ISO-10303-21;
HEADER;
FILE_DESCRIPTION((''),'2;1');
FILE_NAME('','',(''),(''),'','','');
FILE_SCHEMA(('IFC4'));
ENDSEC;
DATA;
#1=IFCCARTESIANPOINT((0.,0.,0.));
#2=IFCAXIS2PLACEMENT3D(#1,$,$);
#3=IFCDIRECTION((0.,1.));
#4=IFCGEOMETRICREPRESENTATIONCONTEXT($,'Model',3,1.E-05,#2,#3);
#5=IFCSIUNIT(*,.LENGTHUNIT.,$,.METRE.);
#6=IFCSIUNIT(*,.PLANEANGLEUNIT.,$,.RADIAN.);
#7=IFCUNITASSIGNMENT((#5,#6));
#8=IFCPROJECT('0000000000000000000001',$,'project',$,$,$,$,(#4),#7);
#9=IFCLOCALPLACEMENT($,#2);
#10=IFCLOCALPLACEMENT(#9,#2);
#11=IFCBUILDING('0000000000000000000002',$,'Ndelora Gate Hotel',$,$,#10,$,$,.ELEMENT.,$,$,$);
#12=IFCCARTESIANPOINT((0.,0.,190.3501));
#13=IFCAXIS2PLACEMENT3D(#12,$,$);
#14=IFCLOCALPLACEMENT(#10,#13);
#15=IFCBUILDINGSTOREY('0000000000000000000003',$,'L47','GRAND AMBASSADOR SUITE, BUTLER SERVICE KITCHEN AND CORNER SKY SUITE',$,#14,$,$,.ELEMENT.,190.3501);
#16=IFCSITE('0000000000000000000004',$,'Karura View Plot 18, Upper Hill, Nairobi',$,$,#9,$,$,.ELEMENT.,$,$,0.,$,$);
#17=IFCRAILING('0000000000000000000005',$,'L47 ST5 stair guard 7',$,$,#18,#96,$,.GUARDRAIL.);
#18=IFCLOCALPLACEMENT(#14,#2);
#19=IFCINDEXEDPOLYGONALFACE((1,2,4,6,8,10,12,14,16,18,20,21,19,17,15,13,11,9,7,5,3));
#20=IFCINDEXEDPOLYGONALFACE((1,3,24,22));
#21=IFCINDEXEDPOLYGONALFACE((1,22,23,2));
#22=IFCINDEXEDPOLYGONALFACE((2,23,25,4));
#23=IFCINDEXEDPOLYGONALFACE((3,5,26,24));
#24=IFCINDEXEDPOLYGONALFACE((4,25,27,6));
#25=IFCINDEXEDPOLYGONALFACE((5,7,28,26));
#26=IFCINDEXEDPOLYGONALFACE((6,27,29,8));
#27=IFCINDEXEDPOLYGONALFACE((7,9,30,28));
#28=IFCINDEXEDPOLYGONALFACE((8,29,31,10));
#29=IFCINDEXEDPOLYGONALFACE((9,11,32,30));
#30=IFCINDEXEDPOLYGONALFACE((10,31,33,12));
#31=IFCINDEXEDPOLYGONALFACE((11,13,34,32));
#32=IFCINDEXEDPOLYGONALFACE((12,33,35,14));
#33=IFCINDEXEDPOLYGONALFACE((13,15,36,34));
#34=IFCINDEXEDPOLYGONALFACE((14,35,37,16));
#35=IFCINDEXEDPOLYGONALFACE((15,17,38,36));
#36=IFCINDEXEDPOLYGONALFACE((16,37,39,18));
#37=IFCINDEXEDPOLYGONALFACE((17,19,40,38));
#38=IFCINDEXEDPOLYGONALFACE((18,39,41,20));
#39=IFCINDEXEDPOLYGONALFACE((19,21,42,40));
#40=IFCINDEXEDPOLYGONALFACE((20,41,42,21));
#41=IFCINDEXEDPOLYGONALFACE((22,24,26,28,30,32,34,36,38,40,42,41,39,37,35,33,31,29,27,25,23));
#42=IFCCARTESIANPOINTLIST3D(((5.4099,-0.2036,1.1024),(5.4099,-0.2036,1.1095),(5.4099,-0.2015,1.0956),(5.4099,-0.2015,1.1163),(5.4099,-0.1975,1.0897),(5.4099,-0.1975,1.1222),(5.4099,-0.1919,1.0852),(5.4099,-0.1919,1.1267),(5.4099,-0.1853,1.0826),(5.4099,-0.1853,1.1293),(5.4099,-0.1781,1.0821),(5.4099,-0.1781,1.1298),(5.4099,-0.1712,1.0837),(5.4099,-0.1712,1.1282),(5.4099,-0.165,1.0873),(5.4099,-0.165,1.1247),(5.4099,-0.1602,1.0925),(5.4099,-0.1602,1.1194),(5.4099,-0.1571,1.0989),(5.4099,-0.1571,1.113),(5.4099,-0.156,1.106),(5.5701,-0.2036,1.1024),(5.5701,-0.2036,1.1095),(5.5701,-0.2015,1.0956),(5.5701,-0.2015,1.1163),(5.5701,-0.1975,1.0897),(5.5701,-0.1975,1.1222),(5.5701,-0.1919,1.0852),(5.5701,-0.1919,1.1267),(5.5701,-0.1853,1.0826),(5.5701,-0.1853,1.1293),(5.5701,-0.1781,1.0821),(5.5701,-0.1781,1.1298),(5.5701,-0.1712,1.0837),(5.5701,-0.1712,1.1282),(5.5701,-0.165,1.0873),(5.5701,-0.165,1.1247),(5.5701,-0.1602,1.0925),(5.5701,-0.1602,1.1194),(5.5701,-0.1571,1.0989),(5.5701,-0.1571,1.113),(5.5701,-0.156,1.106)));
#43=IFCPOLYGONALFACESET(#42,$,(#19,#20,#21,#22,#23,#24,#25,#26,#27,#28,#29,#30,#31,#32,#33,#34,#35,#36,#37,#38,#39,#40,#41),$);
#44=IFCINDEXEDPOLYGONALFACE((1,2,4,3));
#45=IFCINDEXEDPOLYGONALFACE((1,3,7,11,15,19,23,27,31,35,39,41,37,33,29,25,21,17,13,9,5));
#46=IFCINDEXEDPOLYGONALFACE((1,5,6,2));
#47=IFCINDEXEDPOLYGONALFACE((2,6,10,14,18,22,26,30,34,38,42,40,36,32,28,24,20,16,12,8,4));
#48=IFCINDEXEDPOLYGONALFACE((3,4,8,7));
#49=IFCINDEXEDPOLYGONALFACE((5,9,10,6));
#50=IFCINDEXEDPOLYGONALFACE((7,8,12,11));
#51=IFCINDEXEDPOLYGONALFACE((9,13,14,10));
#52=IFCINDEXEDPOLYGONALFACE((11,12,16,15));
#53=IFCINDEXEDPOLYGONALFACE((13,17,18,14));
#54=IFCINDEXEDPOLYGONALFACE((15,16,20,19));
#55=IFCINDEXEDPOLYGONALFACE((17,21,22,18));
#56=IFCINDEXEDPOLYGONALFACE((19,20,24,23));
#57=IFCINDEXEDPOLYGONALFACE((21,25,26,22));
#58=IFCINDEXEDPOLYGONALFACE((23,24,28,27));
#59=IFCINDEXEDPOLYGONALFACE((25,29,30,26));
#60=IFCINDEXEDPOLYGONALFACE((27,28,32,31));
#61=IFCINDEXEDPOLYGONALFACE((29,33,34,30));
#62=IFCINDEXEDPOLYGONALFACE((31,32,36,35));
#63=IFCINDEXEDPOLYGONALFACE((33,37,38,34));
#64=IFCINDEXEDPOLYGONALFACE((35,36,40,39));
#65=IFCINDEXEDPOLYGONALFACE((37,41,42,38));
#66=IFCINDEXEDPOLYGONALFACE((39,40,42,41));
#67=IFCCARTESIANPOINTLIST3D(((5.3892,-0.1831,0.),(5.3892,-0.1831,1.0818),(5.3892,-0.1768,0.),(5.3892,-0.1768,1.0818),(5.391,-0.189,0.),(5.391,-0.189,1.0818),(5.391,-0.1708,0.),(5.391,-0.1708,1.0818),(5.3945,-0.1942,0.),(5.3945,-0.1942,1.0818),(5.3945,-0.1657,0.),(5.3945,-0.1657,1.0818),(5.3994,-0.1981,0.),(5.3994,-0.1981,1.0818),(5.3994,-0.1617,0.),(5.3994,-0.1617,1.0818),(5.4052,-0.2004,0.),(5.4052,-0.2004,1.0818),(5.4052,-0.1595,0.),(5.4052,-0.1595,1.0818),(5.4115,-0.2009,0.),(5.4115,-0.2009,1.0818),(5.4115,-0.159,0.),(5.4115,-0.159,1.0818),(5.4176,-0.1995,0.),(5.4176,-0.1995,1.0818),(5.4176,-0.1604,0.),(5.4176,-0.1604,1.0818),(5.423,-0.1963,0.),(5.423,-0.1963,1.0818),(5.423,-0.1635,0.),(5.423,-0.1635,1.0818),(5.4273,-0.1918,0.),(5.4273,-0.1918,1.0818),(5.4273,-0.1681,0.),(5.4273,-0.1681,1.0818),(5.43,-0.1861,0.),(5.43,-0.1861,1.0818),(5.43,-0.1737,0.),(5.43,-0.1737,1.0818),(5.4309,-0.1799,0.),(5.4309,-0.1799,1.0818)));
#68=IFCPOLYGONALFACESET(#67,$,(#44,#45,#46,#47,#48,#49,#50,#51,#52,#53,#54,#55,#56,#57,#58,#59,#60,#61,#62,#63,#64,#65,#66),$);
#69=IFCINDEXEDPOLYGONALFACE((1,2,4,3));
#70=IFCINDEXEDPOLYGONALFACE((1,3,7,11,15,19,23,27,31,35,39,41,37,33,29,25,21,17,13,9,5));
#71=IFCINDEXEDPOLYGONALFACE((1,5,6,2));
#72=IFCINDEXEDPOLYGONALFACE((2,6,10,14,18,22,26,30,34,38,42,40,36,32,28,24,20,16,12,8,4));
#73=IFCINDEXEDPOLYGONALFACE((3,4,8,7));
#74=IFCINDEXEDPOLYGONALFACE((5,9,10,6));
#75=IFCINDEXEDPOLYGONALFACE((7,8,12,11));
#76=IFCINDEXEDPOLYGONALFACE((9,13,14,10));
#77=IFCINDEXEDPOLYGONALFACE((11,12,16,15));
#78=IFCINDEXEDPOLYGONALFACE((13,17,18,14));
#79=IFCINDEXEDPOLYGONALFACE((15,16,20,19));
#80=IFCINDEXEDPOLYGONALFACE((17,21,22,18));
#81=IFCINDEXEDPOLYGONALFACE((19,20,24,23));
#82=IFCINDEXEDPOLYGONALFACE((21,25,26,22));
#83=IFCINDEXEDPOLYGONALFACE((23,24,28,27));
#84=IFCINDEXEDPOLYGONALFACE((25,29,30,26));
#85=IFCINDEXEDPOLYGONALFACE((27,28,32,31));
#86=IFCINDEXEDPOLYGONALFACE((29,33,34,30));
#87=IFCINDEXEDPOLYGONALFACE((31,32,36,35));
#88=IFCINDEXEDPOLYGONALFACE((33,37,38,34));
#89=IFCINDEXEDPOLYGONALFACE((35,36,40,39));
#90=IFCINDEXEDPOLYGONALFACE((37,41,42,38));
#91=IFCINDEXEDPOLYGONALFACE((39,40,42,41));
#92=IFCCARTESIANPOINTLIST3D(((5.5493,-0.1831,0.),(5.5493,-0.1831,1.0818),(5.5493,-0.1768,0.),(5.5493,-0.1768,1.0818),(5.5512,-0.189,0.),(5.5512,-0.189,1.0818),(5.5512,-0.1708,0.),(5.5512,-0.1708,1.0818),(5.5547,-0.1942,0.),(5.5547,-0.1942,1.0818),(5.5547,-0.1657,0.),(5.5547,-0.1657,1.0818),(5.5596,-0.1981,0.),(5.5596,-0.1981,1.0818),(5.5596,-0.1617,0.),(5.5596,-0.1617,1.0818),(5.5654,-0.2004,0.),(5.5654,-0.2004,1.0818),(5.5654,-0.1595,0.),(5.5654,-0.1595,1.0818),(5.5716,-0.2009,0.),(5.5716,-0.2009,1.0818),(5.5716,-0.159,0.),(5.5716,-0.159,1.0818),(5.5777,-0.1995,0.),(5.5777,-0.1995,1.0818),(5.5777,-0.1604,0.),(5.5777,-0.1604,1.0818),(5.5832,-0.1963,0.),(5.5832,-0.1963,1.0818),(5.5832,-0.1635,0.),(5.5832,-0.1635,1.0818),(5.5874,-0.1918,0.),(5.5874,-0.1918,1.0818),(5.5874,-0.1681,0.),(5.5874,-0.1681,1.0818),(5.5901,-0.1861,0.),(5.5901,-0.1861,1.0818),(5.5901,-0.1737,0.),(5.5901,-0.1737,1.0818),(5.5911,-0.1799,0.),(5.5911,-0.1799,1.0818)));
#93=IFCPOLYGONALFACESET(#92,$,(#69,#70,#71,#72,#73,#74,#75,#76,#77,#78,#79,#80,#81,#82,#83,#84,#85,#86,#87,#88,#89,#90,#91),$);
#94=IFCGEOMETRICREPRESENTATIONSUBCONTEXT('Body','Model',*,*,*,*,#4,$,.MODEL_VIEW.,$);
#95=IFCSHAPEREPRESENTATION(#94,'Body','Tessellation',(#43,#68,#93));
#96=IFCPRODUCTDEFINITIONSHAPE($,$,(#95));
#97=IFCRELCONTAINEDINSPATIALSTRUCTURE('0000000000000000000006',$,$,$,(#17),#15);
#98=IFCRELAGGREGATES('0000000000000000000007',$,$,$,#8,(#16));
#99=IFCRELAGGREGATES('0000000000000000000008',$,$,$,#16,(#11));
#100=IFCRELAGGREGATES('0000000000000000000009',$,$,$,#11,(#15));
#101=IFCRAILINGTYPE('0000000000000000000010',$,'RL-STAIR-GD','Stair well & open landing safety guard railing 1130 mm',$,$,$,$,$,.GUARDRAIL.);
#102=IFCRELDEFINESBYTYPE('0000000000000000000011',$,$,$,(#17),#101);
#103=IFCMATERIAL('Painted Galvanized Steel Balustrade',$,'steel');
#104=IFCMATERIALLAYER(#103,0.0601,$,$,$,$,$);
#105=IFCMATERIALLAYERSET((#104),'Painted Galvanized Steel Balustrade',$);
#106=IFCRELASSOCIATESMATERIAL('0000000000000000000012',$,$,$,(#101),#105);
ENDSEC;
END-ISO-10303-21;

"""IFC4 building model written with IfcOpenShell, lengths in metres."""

from ifc_helpers import new_model, si_unit, direction, frame, origin, origin_2d, place, context, subcontext, project, spatial, circle, extrude, material, layer, layer_set, type_object, element, save


model = new_model("IFC4")

# Units and contexts
model_context = context("Model", 3, precision=1e-05, world=origin(), true_north=direction((0.0, 1.0)))
body_context = subcontext(model_context, "Body", "Model", "MODEL_VIEW")
ifc_project = project(units=[si_unit("LENGTHUNIT", "METRE"), si_unit("PLANEANGLEUNIT", "RADIAN")], contexts=[model_context])

# Site, building, storey
site_placement = place(None, origin())
site = spatial("IfcSite", under=ifc_project, at=site_placement, Name="Karura View Plot 18, Upper Hill, Nairobi", CompositionType="ELEMENT", RefElevation=0.0)
building_placement = place(site_placement, origin())
building = spatial("IfcBuilding", under=site, at=building_placement, Name="Ndelora Gate Hotel", CompositionType="ELEMENT")
storey_placement = place(building_placement, frame((0.0, 0.0, 190.3501)))
storey = spatial("IfcBuildingStorey", under=building, at=storey_placement, Name="L47", Description="GRAND AMBASSADOR SUITE, BUTLER SERVICE KITCHEN AND CORNER SKY SUITE", CompositionType="ELEMENT", Elevation=190.3501)

# Railing
ifc_material_1 = material(Name="Painted Galvanized Steel Balustrade", Category="steel")
ifc_layer_1 = layer(ifc_material_1, 0.0601)
ifc_layer_set_1 = layer_set([ifc_layer_1], Name="Painted Galvanized Steel Balustrade")
railing_type_1 = type_object("IfcRailingType", Name="RL-STAIR-GD", Description="Stair well & open landing safety guard railing 1130 mm", PredefinedType="GUARDRAIL", material=ifc_layer_set_1)
railing_1_placement = place(storey_placement, frame((5.4099, -0.1799, 0.0)))
element("IfcRailing", 1, at=railing_1_placement, inside=storey, type_object=railing_type_1, Name="L47 ST5 stair guard 7", PredefinedType="GUARDRAIL", context=body_context, shape_type="SweptSolid", body=[
    extrude(circle(Radius=0.0239, at=origin_2d()), frame((0.0, 0.0, 1.106), z_axis=(1.0, 0.0, 0.0), x_axis=(0.0, 1.0, 0.0)), (0.0, 0.0, 1.0), 0.1602),
    extrude(circle(Radius=0.021, at=origin_2d()), origin(), (0.0, 0.0, 1.0), 1.0818),
    extrude(circle(Radius=0.021, at=origin_2d()), frame((0.1602, 0.0, 0.0)), (0.0, 0.0, 1.0), 1.0818),
])

save(model, "model.ifc")
